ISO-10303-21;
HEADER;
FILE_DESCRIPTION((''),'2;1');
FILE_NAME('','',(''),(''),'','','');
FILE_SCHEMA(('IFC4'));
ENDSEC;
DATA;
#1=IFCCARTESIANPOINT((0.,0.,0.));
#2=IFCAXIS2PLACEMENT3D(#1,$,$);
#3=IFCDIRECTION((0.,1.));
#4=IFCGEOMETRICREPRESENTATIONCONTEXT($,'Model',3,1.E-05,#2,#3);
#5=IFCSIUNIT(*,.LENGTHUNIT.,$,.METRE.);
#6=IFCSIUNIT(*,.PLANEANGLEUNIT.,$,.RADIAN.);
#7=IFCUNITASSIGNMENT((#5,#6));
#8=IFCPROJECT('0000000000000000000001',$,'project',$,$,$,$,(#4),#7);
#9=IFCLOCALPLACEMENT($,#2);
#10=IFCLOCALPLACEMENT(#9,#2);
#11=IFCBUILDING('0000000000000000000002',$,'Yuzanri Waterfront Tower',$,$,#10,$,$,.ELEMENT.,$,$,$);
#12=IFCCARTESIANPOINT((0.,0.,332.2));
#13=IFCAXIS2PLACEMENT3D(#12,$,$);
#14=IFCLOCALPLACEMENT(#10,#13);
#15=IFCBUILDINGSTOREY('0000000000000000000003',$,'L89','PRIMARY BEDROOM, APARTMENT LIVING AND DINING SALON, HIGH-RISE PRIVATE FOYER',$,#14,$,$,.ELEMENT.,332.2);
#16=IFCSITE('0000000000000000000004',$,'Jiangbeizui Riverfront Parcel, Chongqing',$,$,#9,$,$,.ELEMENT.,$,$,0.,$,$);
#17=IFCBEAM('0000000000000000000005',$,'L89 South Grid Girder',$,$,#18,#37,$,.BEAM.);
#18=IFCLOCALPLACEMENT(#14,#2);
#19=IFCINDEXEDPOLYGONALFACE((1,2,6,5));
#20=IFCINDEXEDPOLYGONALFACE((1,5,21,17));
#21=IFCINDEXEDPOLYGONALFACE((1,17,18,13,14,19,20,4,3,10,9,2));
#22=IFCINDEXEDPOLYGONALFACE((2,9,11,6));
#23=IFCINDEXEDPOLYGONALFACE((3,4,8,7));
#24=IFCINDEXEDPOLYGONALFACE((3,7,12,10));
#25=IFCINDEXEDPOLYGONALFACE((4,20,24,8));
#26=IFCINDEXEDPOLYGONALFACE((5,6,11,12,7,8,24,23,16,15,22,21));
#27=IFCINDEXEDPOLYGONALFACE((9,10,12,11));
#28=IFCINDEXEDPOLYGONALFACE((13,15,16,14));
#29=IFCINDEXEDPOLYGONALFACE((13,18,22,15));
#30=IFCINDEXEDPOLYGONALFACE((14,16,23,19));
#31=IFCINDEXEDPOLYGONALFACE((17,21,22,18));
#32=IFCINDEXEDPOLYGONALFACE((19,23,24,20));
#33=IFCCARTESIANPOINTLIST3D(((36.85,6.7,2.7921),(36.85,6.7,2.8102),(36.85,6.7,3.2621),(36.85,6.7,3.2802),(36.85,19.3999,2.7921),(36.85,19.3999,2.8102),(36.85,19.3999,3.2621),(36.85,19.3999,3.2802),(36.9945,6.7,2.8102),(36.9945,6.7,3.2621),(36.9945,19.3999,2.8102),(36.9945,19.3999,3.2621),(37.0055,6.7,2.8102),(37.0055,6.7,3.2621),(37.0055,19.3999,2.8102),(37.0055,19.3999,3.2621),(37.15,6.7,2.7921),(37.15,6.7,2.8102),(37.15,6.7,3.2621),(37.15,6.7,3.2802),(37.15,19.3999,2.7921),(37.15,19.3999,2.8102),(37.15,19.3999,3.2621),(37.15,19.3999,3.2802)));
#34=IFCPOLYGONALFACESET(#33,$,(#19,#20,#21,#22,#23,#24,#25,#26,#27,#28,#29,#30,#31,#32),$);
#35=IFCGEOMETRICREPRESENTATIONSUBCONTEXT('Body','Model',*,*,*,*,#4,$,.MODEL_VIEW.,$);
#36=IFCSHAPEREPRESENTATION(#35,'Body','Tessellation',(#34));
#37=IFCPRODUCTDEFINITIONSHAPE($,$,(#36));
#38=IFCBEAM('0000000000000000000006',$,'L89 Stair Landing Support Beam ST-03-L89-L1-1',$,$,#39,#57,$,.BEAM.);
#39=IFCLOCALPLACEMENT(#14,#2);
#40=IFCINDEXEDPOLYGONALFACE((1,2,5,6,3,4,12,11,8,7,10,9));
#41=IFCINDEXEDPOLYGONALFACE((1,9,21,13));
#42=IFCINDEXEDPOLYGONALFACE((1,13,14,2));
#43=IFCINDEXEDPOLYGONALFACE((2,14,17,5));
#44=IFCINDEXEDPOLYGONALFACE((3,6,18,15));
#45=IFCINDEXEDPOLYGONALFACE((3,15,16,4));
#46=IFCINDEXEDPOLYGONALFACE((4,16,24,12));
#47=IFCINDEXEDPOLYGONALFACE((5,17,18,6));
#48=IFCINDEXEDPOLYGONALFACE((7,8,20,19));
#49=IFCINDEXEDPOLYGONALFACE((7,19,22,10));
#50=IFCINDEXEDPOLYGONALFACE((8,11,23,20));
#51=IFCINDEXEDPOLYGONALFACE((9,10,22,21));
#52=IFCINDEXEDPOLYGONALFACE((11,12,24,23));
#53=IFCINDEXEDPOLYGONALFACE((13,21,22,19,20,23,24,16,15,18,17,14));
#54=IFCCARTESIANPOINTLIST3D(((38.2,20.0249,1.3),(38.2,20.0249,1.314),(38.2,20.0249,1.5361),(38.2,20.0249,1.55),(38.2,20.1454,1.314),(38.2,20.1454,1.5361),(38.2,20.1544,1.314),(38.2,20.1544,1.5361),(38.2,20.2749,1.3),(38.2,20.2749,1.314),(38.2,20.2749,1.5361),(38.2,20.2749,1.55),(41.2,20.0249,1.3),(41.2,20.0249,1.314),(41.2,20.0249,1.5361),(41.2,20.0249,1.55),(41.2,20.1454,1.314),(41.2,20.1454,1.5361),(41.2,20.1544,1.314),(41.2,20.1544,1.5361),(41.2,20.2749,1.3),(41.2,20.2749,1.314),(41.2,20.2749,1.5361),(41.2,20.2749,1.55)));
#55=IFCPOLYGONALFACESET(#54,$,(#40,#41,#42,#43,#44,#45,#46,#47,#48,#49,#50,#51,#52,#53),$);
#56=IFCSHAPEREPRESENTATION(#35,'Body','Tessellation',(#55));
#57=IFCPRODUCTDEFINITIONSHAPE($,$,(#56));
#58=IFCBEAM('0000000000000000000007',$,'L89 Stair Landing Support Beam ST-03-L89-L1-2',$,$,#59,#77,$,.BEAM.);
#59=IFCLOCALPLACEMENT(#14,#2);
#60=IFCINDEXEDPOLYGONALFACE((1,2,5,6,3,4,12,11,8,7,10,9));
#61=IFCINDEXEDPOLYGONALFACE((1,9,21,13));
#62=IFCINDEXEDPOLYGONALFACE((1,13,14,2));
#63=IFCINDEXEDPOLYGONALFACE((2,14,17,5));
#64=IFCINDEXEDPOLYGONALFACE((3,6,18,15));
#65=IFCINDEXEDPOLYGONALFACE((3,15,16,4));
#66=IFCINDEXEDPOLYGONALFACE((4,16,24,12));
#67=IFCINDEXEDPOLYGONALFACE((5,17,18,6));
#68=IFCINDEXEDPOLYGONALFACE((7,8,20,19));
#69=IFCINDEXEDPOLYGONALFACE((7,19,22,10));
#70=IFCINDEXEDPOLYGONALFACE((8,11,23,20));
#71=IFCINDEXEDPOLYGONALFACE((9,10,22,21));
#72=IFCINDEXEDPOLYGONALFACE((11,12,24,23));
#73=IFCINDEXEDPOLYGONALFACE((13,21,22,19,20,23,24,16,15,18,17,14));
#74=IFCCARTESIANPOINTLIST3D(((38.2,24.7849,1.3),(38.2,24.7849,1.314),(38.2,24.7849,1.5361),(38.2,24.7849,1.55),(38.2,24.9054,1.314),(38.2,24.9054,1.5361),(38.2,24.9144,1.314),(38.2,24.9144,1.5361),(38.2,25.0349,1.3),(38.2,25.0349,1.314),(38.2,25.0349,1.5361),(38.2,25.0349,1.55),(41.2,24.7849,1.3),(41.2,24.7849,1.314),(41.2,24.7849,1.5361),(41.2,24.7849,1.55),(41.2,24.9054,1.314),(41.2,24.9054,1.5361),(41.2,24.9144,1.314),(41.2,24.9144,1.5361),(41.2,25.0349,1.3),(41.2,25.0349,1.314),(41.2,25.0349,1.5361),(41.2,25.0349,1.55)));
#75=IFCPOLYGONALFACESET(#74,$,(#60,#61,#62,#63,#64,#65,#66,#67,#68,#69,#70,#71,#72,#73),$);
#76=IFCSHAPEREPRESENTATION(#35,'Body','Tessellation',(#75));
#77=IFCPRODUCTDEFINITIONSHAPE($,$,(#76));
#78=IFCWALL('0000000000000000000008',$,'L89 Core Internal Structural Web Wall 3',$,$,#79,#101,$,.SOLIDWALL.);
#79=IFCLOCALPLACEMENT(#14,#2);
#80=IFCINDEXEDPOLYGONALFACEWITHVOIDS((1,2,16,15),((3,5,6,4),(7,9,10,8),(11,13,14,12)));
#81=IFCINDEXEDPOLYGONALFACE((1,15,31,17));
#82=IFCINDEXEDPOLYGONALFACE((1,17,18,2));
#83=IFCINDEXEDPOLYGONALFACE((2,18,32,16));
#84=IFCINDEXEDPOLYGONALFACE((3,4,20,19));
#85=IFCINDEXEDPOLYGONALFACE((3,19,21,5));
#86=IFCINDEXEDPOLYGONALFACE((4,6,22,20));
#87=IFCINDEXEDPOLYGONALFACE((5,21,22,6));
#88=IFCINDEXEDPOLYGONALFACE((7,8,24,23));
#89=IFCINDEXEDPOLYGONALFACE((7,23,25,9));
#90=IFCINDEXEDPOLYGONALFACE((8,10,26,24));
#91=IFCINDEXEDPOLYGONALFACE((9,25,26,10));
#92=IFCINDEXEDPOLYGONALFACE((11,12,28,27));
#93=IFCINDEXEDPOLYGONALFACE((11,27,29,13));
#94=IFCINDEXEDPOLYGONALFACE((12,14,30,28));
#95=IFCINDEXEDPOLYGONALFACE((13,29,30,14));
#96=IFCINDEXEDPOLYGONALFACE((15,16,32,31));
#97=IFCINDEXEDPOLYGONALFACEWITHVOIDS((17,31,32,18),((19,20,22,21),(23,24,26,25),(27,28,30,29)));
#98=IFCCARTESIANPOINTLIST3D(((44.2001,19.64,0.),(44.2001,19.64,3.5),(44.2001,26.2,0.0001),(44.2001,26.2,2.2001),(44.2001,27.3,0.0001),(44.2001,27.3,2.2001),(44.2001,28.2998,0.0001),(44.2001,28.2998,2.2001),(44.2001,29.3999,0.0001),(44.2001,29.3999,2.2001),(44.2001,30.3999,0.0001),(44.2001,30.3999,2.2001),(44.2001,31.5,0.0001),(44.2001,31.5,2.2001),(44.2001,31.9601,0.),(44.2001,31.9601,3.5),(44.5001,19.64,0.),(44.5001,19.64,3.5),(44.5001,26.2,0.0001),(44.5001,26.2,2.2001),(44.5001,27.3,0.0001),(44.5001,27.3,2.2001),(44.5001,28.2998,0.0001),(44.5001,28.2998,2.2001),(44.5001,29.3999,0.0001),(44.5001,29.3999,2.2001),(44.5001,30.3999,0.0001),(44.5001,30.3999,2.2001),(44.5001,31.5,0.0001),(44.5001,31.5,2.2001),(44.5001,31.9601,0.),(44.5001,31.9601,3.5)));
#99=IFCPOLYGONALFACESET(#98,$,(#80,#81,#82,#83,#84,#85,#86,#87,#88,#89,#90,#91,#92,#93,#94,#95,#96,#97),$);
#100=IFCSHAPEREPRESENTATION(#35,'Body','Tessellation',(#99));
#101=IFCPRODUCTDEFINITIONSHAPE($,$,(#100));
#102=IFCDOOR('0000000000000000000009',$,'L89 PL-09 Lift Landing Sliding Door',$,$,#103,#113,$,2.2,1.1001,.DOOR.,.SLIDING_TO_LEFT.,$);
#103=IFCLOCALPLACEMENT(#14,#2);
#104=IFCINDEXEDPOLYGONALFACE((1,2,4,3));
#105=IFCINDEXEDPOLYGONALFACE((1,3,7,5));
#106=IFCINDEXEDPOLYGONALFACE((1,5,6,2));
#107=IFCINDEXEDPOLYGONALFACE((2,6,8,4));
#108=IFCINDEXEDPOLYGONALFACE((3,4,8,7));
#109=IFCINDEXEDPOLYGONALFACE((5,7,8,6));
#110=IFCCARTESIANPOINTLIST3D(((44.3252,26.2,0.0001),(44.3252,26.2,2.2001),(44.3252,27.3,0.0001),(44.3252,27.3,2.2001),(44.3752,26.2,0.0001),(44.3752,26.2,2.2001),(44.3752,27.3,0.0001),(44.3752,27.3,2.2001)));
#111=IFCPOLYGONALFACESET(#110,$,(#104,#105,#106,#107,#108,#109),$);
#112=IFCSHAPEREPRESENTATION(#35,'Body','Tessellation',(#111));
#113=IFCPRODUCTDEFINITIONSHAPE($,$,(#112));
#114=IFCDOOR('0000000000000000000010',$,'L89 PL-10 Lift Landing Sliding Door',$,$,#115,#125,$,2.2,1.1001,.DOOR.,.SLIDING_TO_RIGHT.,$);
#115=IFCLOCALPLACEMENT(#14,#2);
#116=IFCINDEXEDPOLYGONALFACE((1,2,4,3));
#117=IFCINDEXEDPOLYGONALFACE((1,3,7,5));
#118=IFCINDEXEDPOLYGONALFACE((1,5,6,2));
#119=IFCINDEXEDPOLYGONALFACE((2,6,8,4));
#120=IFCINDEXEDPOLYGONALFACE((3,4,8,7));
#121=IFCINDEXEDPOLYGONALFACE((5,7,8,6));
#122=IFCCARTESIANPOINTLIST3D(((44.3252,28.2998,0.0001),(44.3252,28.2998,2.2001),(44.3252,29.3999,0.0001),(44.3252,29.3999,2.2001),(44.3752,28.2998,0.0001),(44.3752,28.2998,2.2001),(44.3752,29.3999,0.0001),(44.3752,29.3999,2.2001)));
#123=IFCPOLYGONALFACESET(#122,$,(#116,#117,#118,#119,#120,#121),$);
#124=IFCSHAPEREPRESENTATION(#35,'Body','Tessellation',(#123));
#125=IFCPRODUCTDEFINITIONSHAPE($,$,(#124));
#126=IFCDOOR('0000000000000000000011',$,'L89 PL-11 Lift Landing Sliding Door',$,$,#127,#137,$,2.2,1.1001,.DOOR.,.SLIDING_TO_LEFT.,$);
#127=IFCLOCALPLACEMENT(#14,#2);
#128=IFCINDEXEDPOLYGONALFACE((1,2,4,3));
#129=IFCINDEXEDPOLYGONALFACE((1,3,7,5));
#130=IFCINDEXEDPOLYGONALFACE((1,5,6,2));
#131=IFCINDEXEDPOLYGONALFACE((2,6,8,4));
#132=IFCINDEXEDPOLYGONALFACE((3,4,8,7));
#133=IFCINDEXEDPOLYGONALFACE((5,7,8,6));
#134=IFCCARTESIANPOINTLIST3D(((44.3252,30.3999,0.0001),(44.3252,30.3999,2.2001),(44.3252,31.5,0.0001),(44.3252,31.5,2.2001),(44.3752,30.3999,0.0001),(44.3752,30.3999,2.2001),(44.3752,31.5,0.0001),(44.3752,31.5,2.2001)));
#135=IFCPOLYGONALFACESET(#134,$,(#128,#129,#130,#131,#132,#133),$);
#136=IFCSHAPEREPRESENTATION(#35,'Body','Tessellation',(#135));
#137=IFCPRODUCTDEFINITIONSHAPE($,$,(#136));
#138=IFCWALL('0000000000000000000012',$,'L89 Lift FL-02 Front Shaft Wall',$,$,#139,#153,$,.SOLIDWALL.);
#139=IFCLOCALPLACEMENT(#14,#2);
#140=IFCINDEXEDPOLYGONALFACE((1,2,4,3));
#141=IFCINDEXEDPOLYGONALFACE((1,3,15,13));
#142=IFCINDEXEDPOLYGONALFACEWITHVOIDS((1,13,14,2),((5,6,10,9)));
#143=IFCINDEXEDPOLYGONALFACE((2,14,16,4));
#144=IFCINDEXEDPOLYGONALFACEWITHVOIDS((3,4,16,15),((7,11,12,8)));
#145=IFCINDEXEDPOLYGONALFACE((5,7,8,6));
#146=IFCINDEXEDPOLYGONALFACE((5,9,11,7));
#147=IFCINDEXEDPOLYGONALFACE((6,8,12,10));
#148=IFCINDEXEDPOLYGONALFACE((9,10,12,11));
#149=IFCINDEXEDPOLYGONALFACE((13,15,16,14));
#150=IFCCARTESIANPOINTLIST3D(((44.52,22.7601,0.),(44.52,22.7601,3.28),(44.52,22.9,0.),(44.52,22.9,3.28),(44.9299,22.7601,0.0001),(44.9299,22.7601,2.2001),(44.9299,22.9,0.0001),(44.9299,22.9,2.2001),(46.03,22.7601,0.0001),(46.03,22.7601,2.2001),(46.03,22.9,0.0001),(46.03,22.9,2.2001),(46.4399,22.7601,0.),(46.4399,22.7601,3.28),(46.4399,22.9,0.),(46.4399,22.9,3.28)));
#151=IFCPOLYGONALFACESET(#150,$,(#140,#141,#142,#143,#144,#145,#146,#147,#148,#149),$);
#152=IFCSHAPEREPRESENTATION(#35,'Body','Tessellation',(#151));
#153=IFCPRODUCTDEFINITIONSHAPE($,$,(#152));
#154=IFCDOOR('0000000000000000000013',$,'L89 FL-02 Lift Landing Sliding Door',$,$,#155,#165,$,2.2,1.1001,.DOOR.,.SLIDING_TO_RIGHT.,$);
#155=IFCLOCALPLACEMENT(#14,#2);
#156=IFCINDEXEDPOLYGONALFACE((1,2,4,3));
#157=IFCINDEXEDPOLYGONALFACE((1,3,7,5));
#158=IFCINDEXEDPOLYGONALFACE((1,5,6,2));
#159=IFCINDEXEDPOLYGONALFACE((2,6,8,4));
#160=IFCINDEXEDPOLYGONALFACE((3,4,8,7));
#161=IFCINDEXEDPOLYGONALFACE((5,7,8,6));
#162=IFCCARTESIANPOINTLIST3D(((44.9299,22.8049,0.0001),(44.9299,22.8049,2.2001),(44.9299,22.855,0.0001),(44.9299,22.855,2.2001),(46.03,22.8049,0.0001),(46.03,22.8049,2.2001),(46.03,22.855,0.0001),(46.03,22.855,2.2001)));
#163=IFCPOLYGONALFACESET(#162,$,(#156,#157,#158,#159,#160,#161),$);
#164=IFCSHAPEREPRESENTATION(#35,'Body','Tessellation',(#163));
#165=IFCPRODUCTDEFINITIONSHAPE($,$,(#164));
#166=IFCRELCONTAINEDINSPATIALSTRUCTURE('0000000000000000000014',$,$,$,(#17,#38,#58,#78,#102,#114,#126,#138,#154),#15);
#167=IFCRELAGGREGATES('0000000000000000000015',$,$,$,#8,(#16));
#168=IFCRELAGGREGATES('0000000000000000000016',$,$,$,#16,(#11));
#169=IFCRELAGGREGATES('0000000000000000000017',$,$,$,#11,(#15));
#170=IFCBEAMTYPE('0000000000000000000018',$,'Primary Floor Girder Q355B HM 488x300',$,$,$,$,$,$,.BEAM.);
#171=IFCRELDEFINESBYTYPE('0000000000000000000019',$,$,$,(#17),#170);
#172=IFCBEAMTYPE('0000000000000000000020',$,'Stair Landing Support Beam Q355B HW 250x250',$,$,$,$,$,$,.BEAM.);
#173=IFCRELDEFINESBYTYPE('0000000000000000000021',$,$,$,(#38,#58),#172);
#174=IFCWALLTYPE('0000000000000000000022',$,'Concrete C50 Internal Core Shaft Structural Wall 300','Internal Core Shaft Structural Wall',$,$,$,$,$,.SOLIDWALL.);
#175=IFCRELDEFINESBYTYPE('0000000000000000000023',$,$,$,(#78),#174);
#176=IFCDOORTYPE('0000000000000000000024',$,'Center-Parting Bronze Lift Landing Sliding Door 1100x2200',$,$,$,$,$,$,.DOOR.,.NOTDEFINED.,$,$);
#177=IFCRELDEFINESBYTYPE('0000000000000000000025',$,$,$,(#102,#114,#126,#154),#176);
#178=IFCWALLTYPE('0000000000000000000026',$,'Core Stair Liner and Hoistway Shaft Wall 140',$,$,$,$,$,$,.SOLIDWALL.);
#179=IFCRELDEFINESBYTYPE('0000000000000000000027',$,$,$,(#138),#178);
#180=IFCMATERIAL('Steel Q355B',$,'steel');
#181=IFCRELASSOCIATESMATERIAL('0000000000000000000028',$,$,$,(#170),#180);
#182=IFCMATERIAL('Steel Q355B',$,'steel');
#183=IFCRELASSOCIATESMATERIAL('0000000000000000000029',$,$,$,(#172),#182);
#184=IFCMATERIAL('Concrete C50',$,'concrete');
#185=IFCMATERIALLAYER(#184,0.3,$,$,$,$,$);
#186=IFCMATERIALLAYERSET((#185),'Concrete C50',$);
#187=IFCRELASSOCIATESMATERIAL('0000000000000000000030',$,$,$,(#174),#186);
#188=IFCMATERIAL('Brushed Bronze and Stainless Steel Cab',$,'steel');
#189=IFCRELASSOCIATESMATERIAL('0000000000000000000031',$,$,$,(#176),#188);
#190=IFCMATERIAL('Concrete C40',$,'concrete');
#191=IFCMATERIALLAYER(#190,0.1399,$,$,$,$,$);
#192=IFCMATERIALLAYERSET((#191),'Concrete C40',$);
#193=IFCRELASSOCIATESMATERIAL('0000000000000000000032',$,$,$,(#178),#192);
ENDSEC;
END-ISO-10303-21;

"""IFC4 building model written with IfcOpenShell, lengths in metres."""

from ifc_helpers import new_model, si_unit, direction, frame, frame_2d, origin, origin_2d, place, context, subcontext, project, spatial, rectangle, i_section, extrude, source, transform, mapped, material, layer, layer_set, material_profile, profile_set, type_object, element, fill, save


model = new_model("IFC4")

# Units and contexts
model_context = context("Model", 3, precision=1e-05, world=origin(), true_north=direction((0.0, 1.0)))
body_context = subcontext(model_context, "Body", "Model", "MODEL_VIEW")
ifc_project = project(units=[si_unit("LENGTHUNIT", "METRE"), si_unit("PLANEANGLEUNIT", "RADIAN")], contexts=[model_context])

# Site, building, storey
site_placement = place(None, origin())
site = spatial("IfcSite", under=ifc_project, at=site_placement, Name="Jiangbeizui Riverfront Parcel, Chongqing", CompositionType="ELEMENT", RefElevation=0.0)
building_placement = place(site_placement, origin())
building = spatial("IfcBuilding", under=site, at=building_placement, Name="Yuzanri Waterfront Tower", CompositionType="ELEMENT")
storey_placement = place(building_placement, frame((0.0, 0.0, 332.2)))
storey = spatial("IfcBuildingStorey", under=building, at=storey_placement, Name="L89", Description="PRIMARY BEDROOM, APARTMENT LIVING AND DINING SALON, HIGH-RISE PRIVATE FOYER", CompositionType="ELEMENT", Elevation=332.2)

# Beams
ifc_material_1 = material(Name="Steel Q355B", Category="steel")
ifc_material_profile_1 = material_profile(ifc_material_1, i_section(OverallWidth=0.3, OverallDepth=0.488, WebThickness=0.011, FlangeThickness=0.0181, at=origin_2d()), Name="HM 488x300x11x18")
ifc_profile_set_1 = profile_set([ifc_material_profile_1], Name="Steel Q355B")
beam_type_1 = type_object("IfcBeamType", Name="Primary Floor Girder Q355B HM 488x300", PredefinedType="BEAM", material=ifc_profile_set_1)
shared_shape_1 = source(origin(), body_context, "Body", "SweptSolid", [
    extrude(i_section(OverallWidth=0.3, OverallDepth=0.488, WebThickness=0.011, FlangeThickness=0.0181, at=origin_2d()), origin(), (0.0, 0.0, 1.0), 12.7),
])
beam_placement = place(storey_placement, frame((37.0, 19.3999, 3.0361), z_axis=(0.0, -1.0, 0.0), x_axis=(1.0, 0.0, 0.0)))
element("IfcBeam", 1, at=beam_placement, inside=storey, type_object=beam_type_1, Name="L89 South Grid Girder", PredefinedType="BEAM", context=body_context, shape_type="MappedRepresentation", body=[
    mapped(shared_shape_1, transform((0.0, 0.0, 0.0), scale=1.0)),
])
ifc_material_2 = material(Name="Steel Q355B", Category="steel")
ifc_material_profile_2 = material_profile(ifc_material_2, i_section(OverallWidth=0.25, OverallDepth=0.25, WebThickness=0.009, FlangeThickness=0.0139, at=origin_2d()), Name="HW 250x250x9x14")
ifc_profile_set_2 = profile_set([ifc_material_profile_2], Name="Steel Q355B")
beam_type_2 = type_object("IfcBeamType", Name="Stair Landing Support Beam Q355B HW 250x250", PredefinedType="BEAM", material=ifc_profile_set_2)
shared_shape_2 = source(origin(), body_context, "Body", "SweptSolid", [
    extrude(i_section(OverallWidth=0.25, OverallDepth=0.25, WebThickness=0.009, FlangeThickness=0.0139, at=origin_2d()), origin(), (0.0, 0.0, 1.0), 3.0),
])
for number, where, z_axis, x_axis, name in (
    (2, (38.2, 20.1499, 1.425), (1.0, 0.0, 0.0), (0.0, 1.0, 0.0), "L89 Stair Landing Support Beam ST-03-L89-L1-1"),
    (3, (38.2, 24.9099, 1.425), (1.0, 0.0, 0.0), (0.0, 1.0, 0.0), "L89 Stair Landing Support Beam ST-03-L89-L1-2"),
):
    element("IfcBeam", number, at=place(storey_placement, frame(where, z_axis=z_axis, x_axis=x_axis)), inside=storey, type_object=beam_type_2, Name=name, PredefinedType="BEAM", context=body_context, shape_type="MappedRepresentation", body=[
        mapped(shared_shape_2, transform((0.0, 0.0, 0.0), scale=1.0)),
    ])

# Wall, openings, doors
ifc_material_3 = material(Name="Concrete C50", Category="concrete")
ifc_layer_1 = layer(ifc_material_3, 0.3)
ifc_layer_set_1 = layer_set([ifc_layer_1], Name="Concrete C50")
wall_type_1 = type_object("IfcWallType", Name="Concrete C50 Internal Core Shaft Structural Wall 300", Description="Internal Core Shaft Structural Wall", PredefinedType="SOLIDWALL", material=ifc_layer_set_1)
wall_1_placement = place(storey_placement, frame((44.3501, 19.6399, 0.0), z_axis=(0.0, 0.0, 1.0), x_axis=(0.0, 1.0, 0.0)))
wall_1 = element("IfcWall", 4, at=wall_1_placement, inside=storey, type_object=wall_type_1, Name="L89 Core Internal Structural Web Wall 3", PredefinedType="SOLIDWALL", context=body_context, shape_type="SweptSolid", body=[
    extrude(rectangle(XDim=12.3201, YDim=0.3, at=frame_2d((6.1602, 0.0))), origin(), (0.0, 0.0, 1.0), 3.5),
])
opening_1_placement = place(wall_1_placement, frame((6.5601, 0.0, 0.0)))
opening_1 = element("IfcOpeningElement", 5, at=opening_1_placement, cuts=wall_1, PredefinedType="OPENING", context=body_context, shape_type="SweptSolid", body=[
    extrude(rectangle(XDim=1.1001, YDim=2.2, at=frame_2d((0.55, 1.1001))), frame((0.0, 0.165, 0.0), z_axis=(0.0, -1.0, 0.0), x_axis=(1.0, 0.0, 0.0)), (0.0, 0.0, 1.0), 0.3298),
])
opening_2_placement = place(wall_1_placement, frame((8.6599, 0.0, 0.0)))
opening_2 = element("IfcOpeningElement", 6, at=opening_2_placement, cuts=wall_1, PredefinedType="OPENING", context=body_context, shape_type="SweptSolid", body=[
    extrude(rectangle(XDim=1.1001, YDim=2.2, at=frame_2d((0.55, 1.1001))), frame((0.0, 0.165, 0.0), z_axis=(0.0, -1.0, 0.0), x_axis=(1.0, 0.0, 0.0)), (0.0, 0.0, 1.0), 0.3298),
])
opening_3_placement = place(wall_1_placement, frame((10.76, 0.0, 0.0)))
opening_3 = element("IfcOpeningElement", 7, at=opening_3_placement, cuts=wall_1, PredefinedType="OPENING", context=body_context, shape_type="SweptSolid", body=[
    extrude(rectangle(XDim=1.1001, YDim=2.2, at=frame_2d((0.55, 1.1001))), frame((0.0, 0.165, 0.0), z_axis=(0.0, -1.0, 0.0), x_axis=(1.0, 0.0, 0.0)), (0.0, 0.0, 1.0), 0.3298),
])
ifc_material_4 = material(Name="Brushed Bronze and Stainless Steel Cab", Category="steel")
door_type_1 = type_object("IfcDoorType", Name="Center-Parting Bronze Lift Landing Sliding Door 1100x2200", OperationType="NOTDEFINED", PredefinedType="DOOR", material=ifc_material_4)
shared_shape_3 = source(origin(), body_context, "Body", "SweptSolid", [
    extrude(rectangle(XDim=1.1001, YDim=2.2, at=frame_2d((0.55, 1.1001))), frame((0.0, 0.0249, 0.0), z_axis=(0.0, -1.0, 0.0), x_axis=(1.0, 0.0, 0.0)), (0.0, 0.0, 1.0), 0.05),
])
door_1_placement = place(opening_1_placement, origin())
door_1 = element("IfcDoor", 8, at=door_1_placement, inside=storey, type_object=door_type_1, Name="L89 PL-09 Lift Landing Sliding Door", OperationType="SLIDING_TO_LEFT", OverallHeight=2.2, OverallWidth=1.1001, PredefinedType="DOOR", context=body_context, shape_type="MappedRepresentation", body=[
    mapped(shared_shape_3, transform((0.0, 0.0, 0.0), scale=1.0)),
])
fill(opening_1, door_1)
door_2_placement = place(opening_2_placement, origin())
door_2 = element("IfcDoor", 9, at=door_2_placement, inside=storey, type_object=door_type_1, Name="L89 PL-10 Lift Landing Sliding Door", OperationType="SLIDING_TO_RIGHT", OverallHeight=2.2, OverallWidth=1.1001, PredefinedType="DOOR", context=body_context, shape_type="MappedRepresentation", body=[
    mapped(shared_shape_3, transform((0.0, 0.0, 0.0), scale=1.0)),
])
fill(opening_2, door_2)
door_3_placement = place(opening_3_placement, origin())
door_3 = element("IfcDoor", 10, at=door_3_placement, inside=storey, type_object=door_type_1, Name="L89 PL-11 Lift Landing Sliding Door", OperationType="SLIDING_TO_LEFT", OverallHeight=2.2, OverallWidth=1.1001, PredefinedType="DOOR", context=body_context, shape_type="MappedRepresentation", body=[
    mapped(shared_shape_3, transform((0.0, 0.0, 0.0), scale=1.0)),
])
fill(opening_3, door_3)

# Wall, opening, door
ifc_material_5 = material(Name="Concrete C40", Category="concrete")
ifc_layer_2 = layer(ifc_material_5, 0.1399)
ifc_layer_set_2 = layer_set([ifc_layer_2], Name="Concrete C40")
wall_type_2 = type_object("IfcWallType", Name="Core Stair Liner and Hoistway Shaft Wall 140", PredefinedType="SOLIDWALL", material=ifc_layer_set_2)
wall_2_placement = place(storey_placement, frame((44.52, 22.8301, 0.0), z_axis=(0.0, 0.0, 1.0), x_axis=(1.0, 0.0, 0.0)))
wall_2 = element("IfcWall", 11, at=wall_2_placement, inside=storey, type_object=wall_type_2, Name="L89 Lift FL-02 Front Shaft Wall", PredefinedType="SOLIDWALL", context=body_context, shape_type="SweptSolid", body=[
    extrude(rectangle(XDim=1.9199, YDim=0.1399, at=frame_2d((0.96, 0.0))), origin(), (0.0, 0.0, 1.0), 3.28),
])
opening_4_placement = place(wall_2_placement, frame((0.4099, 0.0, 0.0)))
opening_4 = element("IfcOpeningElement", 12, at=opening_4_placement, cuts=wall_2, PredefinedType="OPENING", context=body_context, shape_type="SweptSolid", body=[
    extrude(rectangle(XDim=1.1001, YDim=2.2, at=frame_2d((0.55, 1.1001))), frame((0.0, 0.085, 0.0), z_axis=(0.0, -1.0, 0.0), x_axis=(1.0, 0.0, 0.0)), (0.0, 0.0, 1.0), 0.1697),
])
door_4_placement = place(opening_4_placement, origin())
door_4 = element("IfcDoor", 13, at=door_4_placement, inside=storey, type_object=door_type_1, Name="L89 FL-02 Lift Landing Sliding Door", OperationType="SLIDING_TO_RIGHT", OverallHeight=2.2, OverallWidth=1.1001, PredefinedType="DOOR", context=body_context, shape_type="MappedRepresentation", body=[
    mapped(shared_shape_3, transform((0.0, 0.0, 0.0), scale=1.0)),
])
fill(opening_4, door_4)

save(model, "model.ifc")
